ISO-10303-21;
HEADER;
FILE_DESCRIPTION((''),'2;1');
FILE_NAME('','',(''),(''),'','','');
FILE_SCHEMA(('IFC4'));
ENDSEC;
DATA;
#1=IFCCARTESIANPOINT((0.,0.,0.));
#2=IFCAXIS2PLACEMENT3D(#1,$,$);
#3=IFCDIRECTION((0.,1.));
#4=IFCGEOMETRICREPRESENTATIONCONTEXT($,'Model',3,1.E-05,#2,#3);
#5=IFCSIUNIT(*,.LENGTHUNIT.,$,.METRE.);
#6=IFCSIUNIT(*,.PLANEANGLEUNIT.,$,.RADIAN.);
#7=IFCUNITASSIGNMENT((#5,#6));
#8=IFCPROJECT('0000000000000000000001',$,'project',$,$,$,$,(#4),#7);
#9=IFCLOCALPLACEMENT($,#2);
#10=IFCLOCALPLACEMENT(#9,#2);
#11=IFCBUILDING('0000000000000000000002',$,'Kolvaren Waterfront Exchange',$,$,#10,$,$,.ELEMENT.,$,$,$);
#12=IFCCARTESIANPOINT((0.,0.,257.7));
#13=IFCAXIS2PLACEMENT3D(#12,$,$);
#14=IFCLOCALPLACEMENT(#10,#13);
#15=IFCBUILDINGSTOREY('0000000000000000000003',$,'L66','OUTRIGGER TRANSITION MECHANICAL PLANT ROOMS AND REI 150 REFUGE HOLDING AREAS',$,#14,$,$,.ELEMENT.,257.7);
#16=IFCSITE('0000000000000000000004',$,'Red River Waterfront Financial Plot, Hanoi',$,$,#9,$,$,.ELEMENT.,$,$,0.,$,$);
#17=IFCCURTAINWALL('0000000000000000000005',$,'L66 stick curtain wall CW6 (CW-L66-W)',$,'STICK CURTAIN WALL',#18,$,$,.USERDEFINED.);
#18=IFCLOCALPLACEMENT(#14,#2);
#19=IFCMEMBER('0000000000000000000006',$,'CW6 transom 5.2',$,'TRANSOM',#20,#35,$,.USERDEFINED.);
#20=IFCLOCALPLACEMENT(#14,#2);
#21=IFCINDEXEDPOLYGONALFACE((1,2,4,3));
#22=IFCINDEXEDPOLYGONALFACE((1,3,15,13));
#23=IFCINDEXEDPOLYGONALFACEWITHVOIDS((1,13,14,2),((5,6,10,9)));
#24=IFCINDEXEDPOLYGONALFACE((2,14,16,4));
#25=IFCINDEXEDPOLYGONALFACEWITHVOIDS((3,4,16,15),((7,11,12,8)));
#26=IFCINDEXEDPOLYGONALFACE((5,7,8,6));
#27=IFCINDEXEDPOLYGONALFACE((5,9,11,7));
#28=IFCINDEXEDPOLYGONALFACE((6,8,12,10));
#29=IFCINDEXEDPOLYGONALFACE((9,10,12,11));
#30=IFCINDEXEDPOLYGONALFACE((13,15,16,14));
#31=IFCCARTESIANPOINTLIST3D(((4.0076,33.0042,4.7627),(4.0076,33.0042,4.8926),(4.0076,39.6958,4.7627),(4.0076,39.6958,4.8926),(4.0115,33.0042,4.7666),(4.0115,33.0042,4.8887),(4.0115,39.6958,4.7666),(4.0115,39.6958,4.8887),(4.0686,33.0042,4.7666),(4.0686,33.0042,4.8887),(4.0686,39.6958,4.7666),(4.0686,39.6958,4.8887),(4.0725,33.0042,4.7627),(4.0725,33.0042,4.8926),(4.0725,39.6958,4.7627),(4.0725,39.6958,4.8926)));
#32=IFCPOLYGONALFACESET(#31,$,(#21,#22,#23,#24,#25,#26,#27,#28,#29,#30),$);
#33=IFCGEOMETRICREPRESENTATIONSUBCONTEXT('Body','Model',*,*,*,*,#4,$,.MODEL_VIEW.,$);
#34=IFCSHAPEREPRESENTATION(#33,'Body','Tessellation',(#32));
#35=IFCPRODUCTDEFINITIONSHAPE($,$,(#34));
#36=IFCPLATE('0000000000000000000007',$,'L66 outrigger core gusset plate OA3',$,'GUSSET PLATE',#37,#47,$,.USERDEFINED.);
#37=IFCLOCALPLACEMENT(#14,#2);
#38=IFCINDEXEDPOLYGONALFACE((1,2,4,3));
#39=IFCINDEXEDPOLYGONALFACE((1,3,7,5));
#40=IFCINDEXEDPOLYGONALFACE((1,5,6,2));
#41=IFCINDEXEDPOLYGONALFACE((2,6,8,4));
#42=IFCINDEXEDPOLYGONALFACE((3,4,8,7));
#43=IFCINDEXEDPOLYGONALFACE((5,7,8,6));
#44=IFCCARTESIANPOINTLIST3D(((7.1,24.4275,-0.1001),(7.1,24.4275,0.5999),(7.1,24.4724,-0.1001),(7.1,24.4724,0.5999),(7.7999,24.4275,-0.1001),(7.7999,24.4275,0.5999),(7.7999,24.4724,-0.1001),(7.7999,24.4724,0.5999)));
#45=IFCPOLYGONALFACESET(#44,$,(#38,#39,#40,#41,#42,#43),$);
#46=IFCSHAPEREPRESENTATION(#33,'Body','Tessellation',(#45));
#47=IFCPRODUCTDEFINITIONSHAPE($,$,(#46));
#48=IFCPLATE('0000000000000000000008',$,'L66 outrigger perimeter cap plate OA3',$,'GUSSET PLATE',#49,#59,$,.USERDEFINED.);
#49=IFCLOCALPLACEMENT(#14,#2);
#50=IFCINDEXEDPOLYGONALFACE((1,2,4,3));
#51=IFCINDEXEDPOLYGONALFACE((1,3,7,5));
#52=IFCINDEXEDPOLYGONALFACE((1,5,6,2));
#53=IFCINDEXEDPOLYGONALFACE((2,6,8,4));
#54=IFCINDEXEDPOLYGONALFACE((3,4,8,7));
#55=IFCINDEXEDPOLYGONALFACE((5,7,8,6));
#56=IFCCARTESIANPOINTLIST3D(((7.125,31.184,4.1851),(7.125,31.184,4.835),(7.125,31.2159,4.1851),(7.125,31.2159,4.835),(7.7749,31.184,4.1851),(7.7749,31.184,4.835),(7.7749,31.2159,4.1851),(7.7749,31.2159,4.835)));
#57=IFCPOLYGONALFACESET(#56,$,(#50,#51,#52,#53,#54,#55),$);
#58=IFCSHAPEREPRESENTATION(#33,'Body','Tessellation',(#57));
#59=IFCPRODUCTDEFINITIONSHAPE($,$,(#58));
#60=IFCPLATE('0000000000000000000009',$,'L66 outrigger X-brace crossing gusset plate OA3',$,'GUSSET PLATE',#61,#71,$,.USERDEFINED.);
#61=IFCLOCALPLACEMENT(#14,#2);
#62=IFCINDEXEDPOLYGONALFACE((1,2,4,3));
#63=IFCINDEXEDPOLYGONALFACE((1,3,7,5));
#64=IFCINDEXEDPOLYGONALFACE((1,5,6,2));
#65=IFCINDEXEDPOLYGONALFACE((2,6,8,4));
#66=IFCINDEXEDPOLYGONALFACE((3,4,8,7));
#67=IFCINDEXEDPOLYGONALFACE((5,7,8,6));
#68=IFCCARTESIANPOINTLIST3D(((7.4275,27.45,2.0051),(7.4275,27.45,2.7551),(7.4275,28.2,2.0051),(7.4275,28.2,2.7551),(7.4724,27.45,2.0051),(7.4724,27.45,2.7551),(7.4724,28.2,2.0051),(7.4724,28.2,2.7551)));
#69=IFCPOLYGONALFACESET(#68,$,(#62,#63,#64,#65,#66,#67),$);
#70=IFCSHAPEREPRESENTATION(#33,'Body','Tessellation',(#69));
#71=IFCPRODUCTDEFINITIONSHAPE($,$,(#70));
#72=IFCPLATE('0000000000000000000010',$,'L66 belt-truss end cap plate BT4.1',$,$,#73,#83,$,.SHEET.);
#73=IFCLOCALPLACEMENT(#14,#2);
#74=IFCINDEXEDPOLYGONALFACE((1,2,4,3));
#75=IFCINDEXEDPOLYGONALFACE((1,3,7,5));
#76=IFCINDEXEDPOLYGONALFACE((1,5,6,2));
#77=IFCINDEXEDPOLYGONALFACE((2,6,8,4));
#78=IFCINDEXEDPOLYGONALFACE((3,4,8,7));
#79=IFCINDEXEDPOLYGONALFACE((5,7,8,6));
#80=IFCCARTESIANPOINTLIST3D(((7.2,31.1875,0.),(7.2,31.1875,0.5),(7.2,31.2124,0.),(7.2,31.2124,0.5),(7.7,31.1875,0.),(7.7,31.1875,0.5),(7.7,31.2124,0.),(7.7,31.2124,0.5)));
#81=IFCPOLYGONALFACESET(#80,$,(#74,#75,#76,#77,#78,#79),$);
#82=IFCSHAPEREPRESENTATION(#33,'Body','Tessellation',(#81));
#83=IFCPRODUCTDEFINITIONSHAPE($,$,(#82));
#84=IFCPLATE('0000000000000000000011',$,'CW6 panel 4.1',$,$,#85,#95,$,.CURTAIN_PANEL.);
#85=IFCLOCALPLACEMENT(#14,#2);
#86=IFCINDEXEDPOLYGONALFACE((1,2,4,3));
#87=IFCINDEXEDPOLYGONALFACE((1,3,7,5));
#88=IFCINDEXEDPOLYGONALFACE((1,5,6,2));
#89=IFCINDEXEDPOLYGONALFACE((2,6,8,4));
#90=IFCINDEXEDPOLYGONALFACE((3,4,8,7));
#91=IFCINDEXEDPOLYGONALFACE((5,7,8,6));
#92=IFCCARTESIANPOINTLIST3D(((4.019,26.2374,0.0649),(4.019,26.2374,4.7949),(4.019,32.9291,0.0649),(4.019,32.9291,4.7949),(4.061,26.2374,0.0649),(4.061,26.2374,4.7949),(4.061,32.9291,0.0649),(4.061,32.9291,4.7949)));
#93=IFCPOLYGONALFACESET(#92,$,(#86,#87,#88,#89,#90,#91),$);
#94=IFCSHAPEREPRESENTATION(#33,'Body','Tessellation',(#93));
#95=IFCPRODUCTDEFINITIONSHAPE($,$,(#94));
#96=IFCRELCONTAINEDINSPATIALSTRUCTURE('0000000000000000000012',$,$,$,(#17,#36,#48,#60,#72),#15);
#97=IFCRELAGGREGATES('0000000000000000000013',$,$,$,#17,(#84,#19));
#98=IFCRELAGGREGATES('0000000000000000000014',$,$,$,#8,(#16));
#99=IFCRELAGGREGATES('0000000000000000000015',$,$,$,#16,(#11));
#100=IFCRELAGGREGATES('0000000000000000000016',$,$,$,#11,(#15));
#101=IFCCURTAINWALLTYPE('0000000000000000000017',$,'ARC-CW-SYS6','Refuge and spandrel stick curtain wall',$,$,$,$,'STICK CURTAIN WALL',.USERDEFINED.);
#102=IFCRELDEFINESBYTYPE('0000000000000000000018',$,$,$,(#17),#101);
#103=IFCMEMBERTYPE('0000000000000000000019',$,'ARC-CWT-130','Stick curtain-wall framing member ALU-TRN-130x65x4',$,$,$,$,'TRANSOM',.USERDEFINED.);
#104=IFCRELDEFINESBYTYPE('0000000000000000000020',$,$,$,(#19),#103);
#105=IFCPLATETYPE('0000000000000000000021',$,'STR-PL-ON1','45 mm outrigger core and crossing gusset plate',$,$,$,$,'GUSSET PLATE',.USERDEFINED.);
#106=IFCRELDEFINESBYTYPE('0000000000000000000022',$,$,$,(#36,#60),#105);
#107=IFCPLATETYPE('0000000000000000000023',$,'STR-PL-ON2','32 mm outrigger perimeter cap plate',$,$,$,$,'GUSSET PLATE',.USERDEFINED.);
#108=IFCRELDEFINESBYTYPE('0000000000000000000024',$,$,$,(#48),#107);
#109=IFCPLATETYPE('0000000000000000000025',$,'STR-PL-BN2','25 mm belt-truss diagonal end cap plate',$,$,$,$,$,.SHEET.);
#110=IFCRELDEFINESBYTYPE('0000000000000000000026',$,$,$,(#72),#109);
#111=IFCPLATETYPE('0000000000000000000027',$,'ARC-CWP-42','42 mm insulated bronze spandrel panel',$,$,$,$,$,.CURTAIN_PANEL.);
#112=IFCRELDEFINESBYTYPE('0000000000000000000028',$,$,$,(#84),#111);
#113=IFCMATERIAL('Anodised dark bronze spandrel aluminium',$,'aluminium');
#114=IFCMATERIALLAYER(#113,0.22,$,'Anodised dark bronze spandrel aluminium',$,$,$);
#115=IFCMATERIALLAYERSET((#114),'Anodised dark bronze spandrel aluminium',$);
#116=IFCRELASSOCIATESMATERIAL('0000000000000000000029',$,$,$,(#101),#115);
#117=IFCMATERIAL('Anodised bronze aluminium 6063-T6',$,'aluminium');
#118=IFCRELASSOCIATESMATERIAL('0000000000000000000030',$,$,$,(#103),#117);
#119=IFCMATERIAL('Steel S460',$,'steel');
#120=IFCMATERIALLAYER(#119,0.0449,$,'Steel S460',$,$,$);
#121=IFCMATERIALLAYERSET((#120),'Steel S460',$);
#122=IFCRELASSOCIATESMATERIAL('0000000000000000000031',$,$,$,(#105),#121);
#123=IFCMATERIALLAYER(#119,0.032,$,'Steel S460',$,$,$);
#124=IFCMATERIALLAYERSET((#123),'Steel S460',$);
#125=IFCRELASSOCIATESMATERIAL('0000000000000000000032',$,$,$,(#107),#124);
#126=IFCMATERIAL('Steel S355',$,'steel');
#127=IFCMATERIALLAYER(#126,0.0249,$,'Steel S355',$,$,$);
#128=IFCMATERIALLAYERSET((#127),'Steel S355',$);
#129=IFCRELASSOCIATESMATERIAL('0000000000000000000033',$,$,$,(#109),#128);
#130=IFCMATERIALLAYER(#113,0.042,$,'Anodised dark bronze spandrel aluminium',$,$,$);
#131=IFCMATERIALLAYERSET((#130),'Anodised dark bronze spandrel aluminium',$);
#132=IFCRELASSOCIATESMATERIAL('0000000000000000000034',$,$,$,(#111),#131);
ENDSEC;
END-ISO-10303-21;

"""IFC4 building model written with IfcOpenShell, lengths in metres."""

from ifc_helpers import new_model, si_unit, direction, frame, origin, origin_with_axes, origin_2d, place, context, subcontext, project, spatial, rectangle, hollow_rectangle, extrude, source, transform, mapped, material, layer, layer_set, material_profile, profile_set, type_object, element, aggregate, save


model = new_model("IFC4")

# Units and contexts
model_context = context("Model", 3, precision=1e-05, world=origin(), true_north=direction((0.0, 1.0)))
body_context = subcontext(model_context, "Body", "Model", "MODEL_VIEW")
ifc_project = project(units=[si_unit("LENGTHUNIT", "METRE"), si_unit("PLANEANGLEUNIT", "RADIAN")], contexts=[model_context])

# Site, building, storey
site_placement = place(None, origin())
site = spatial("IfcSite", under=ifc_project, at=site_placement, Name="Red River Waterfront Financial Plot, Hanoi", CompositionType="ELEMENT", RefElevation=0.0)
building_placement = place(site_placement, origin())
building = spatial("IfcBuilding", under=site, at=building_placement, Name="Kolvaren Waterfront Exchange", CompositionType="ELEMENT")
storey_placement = place(building_placement, frame((0.0, 0.0, 257.7)))
storey = spatial("IfcBuildingStorey", under=building, at=storey_placement, Name="L66", Description="OUTRIGGER TRANSITION MECHANICAL PLANT ROOMS AND REI 150 REFUGE HOLDING AREAS", CompositionType="ELEMENT", Elevation=257.7)

# Shared definitions
ifc_material_1 = material(Name="Steel S355", Category="steel")

# Shared definitions
ifc_material_2 = material(Name="Steel S460", Category="steel")

# Curtain wall, member
ifc_material_3 = material(Name="Anodised dark bronze spandrel aluminium", Category="aluminium")
ifc_layer_1 = layer(ifc_material_3, 0.22, Name="Anodised dark bronze spandrel aluminium")
ifc_layer_set_1 = layer_set([ifc_layer_1], Name="Anodised dark bronze spandrel aluminium")
curtain_wall_type = type_object("IfcCurtainWallType", Name="ARC-CW-SYS6", Description="Refuge and spandrel stick curtain wall", ElementType="STICK CURTAIN WALL", PredefinedType="USERDEFINED", material=ifc_layer_set_1)
curtain_wall_placement = place(storey_placement, origin())
curtain_wall = element("IfcCurtainWall", 1, at=curtain_wall_placement, inside=storey, type_object=curtain_wall_type, Name="L66 stick curtain wall CW6 (CW-L66-W)", ObjectType="STICK CURTAIN WALL", PredefinedType="USERDEFINED")
ifc_material_4 = material(Name="Anodised bronze aluminium 6063-T6", Category="aluminium")
ifc_material_profile_1 = material_profile(ifc_material_4, hollow_rectangle(XDim=0.0649, YDim=0.1299, WallThickness=0.0039, at=origin_2d()), Name="ALU-TRN-130x65x4")
ifc_profile_set_1 = profile_set([ifc_material_profile_1], Name="Anodised bronze aluminium 6063-T6")
member_type_1 = type_object("IfcMemberType", Name="ARC-CWT-130", Description="Stick curtain-wall framing member ALU-TRN-130x65x4", ElementType="TRANSOM", PredefinedType="USERDEFINED", material=ifc_profile_set_1)
shared_shape_1 = source(origin_with_axes(), body_context, "Body", "SweptSolid", [
    extrude(hollow_rectangle(XDim=0.0649, YDim=0.1299, WallThickness=0.0039, at=origin_2d()), origin(), (0.0, 0.0, 1.0), 6.6917),
])
member_1_placement = place(storey_placement, frame((4.04, 33.0042, 4.8276), z_axis=(0.0, 1.0, 0.0), x_axis=(-1.0, 0.0, 0.0)))
member_1 = element("IfcMember", 2, at=member_1_placement, type_object=member_type_1, Name="CW6 transom 5.2", ObjectType="TRANSOM", PredefinedType="USERDEFINED", context=body_context, shape_type="MappedRepresentation", body=[
    mapped(shared_shape_1, transform((0.0, 0.0, 0.0), x_axis=(1.0, 0.0, 0.0), y_axis=(0.0, 1.0, 0.0), z_axis=(0.0, 0.0, 1.0), scale=1.0)),
])

# Plates
ifc_layer_2 = layer(ifc_material_2, 0.0449, Name="Steel S460")
ifc_layer_set_2 = layer_set([ifc_layer_2], Name="Steel S460")
plate_type_1 = type_object("IfcPlateType", Name="STR-PL-ON1", Description="45 mm outrigger core and crossing gusset plate", ElementType="GUSSET PLATE", PredefinedType="USERDEFINED", material=ifc_layer_set_2)
shared_shape_2 = source(origin_with_axes(), body_context, "Body", "SweptSolid", [
    extrude(rectangle(XDim=0.7, YDim=0.0449, at=origin_2d()), origin(), (0.0, 0.0, 1.0), 0.7),
])
plate_1_placement = place(storey_placement, frame((7.45, 24.45, -0.1001), z_axis=(0.0, 0.0, 1.0), x_axis=(1.0, 0.0, 0.0)))
element("IfcPlate", 3, at=plate_1_placement, inside=storey, type_object=plate_type_1, Name="L66 outrigger core gusset plate OA3", ObjectType="GUSSET PLATE", PredefinedType="USERDEFINED", context=body_context, shape_type="MappedRepresentation", body=[
    mapped(shared_shape_2, transform((0.0, 0.0, 0.0), x_axis=(1.0, 0.0, 0.0), y_axis=(0.0, 1.0, 0.0), z_axis=(0.0, 0.0, 1.0), scale=1.0)),
])
ifc_layer_3 = layer(ifc_material_2, 0.032, Name="Steel S460")
ifc_layer_set_3 = layer_set([ifc_layer_3], Name="Steel S460")
plate_type_2 = type_object("IfcPlateType", Name="STR-PL-ON2", Description="32 mm outrigger perimeter cap plate", ElementType="GUSSET PLATE", PredefinedType="USERDEFINED", material=ifc_layer_set_3)
shared_shape_3 = source(origin_with_axes(), body_context, "Body", "SweptSolid", [
    extrude(rectangle(XDim=0.6499, YDim=0.032, at=origin_2d()), origin(), (0.0, 0.0, 1.0), 0.6499),
])
plate_2_placement = place(storey_placement, frame((7.45, 31.2, 4.1851), z_axis=(0.0, 0.0, 1.0), x_axis=(1.0, 0.0, 0.0)))
element("IfcPlate", 4, at=plate_2_placement, inside=storey, type_object=plate_type_2, Name="L66 outrigger perimeter cap plate OA3", ObjectType="GUSSET PLATE", PredefinedType="USERDEFINED", context=body_context, shape_type="MappedRepresentation", body=[
    mapped(shared_shape_3, transform((0.0, 0.0, 0.0), x_axis=(1.0, 0.0, 0.0), y_axis=(0.0, 1.0, 0.0), z_axis=(0.0, 0.0, 1.0), scale=1.0)),
])
shared_shape_4 = source(origin_with_axes(), body_context, "Body", "SweptSolid", [
    extrude(rectangle(XDim=0.0449, YDim=0.75, at=origin_2d()), origin(), (0.0, 0.0, 1.0), 0.75),
])
plate_3_placement = place(storey_placement, frame((7.45, 27.825, 2.0051), z_axis=(0.0, 0.0, 1.0), x_axis=(1.0, 0.0, 0.0)))
element("IfcPlate", 5, at=plate_3_placement, inside=storey, type_object=plate_type_1, Name="L66 outrigger X-brace crossing gusset plate OA3", ObjectType="GUSSET PLATE", PredefinedType="USERDEFINED", context=body_context, shape_type="MappedRepresentation", body=[
    mapped(shared_shape_4, transform((0.0, 0.0, 0.0), x_axis=(1.0, 0.0, 0.0), y_axis=(0.0, 1.0, 0.0), z_axis=(0.0, 0.0, 1.0), scale=1.0)),
])
ifc_layer_4 = layer(ifc_material_1, 0.0249, Name="Steel S355")
ifc_layer_set_4 = layer_set([ifc_layer_4], Name="Steel S355")
plate_type_3 = type_object("IfcPlateType", Name="STR-PL-BN2", Description="25 mm belt-truss diagonal end cap plate", PredefinedType="SHEET", material=ifc_layer_set_4)
shared_shape_5 = source(origin_with_axes(), body_context, "Body", "SweptSolid", [
    extrude(rectangle(XDim=0.5, YDim=0.0249, at=origin_2d()), origin(), (0.0, 0.0, 1.0), 0.5),
])
plate_4_placement = place(storey_placement, frame((7.45, 31.2, 0.0), z_axis=(0.0, 0.0, 1.0), x_axis=(1.0, 0.0, 0.0)))
element("IfcPlate", 6, at=plate_4_placement, inside=storey, type_object=plate_type_3, Name="L66 belt-truss end cap plate BT4.1", PredefinedType="SHEET", context=body_context, shape_type="MappedRepresentation", body=[
    mapped(shared_shape_5, transform((0.0, 0.0, 0.0), x_axis=(1.0, 0.0, 0.0), y_axis=(0.0, 1.0, 0.0), z_axis=(0.0, 0.0, 1.0), scale=1.0)),
])

# Plate
ifc_layer_5 = layer(ifc_material_3, 0.042, Name="Anodised dark bronze spandrel aluminium")
ifc_layer_set_5 = layer_set([ifc_layer_5], Name="Anodised dark bronze spandrel aluminium")
plate_type_4 = type_object("IfcPlateType", Name="ARC-CWP-42", Description="42 mm insulated bronze spandrel panel", PredefinedType="CURTAIN_PANEL", material=ifc_layer_set_5)
shared_shape_6 = source(origin_with_axes(), body_context, "Body", "SweptSolid", [
    extrude(rectangle(XDim=6.6917, YDim=0.042, at=origin_2d()), origin(), (0.0, 0.0, 1.0), 4.73),
])
plate_5_placement = place(storey_placement, frame((4.04, 29.5833, 0.0649), z_axis=(0.0, 0.0, 1.0), x_axis=(0.0, 1.0, 0.0)))
plate_5 = element("IfcPlate", 7, at=plate_5_placement, type_object=plate_type_4, Name="CW6 panel 4.1", PredefinedType="CURTAIN_PANEL", context=body_context, shape_type="MappedRepresentation", body=[
    mapped(shared_shape_6, transform((0.0, 0.0, 0.0), x_axis=(1.0, 0.0, 0.0), y_axis=(0.0, 1.0, 0.0), z_axis=(0.0, 0.0, 1.0), scale=1.0)),
])
aggregate(curtain_wall, [plate_5, member_1])

save(model, "model.ifc")
